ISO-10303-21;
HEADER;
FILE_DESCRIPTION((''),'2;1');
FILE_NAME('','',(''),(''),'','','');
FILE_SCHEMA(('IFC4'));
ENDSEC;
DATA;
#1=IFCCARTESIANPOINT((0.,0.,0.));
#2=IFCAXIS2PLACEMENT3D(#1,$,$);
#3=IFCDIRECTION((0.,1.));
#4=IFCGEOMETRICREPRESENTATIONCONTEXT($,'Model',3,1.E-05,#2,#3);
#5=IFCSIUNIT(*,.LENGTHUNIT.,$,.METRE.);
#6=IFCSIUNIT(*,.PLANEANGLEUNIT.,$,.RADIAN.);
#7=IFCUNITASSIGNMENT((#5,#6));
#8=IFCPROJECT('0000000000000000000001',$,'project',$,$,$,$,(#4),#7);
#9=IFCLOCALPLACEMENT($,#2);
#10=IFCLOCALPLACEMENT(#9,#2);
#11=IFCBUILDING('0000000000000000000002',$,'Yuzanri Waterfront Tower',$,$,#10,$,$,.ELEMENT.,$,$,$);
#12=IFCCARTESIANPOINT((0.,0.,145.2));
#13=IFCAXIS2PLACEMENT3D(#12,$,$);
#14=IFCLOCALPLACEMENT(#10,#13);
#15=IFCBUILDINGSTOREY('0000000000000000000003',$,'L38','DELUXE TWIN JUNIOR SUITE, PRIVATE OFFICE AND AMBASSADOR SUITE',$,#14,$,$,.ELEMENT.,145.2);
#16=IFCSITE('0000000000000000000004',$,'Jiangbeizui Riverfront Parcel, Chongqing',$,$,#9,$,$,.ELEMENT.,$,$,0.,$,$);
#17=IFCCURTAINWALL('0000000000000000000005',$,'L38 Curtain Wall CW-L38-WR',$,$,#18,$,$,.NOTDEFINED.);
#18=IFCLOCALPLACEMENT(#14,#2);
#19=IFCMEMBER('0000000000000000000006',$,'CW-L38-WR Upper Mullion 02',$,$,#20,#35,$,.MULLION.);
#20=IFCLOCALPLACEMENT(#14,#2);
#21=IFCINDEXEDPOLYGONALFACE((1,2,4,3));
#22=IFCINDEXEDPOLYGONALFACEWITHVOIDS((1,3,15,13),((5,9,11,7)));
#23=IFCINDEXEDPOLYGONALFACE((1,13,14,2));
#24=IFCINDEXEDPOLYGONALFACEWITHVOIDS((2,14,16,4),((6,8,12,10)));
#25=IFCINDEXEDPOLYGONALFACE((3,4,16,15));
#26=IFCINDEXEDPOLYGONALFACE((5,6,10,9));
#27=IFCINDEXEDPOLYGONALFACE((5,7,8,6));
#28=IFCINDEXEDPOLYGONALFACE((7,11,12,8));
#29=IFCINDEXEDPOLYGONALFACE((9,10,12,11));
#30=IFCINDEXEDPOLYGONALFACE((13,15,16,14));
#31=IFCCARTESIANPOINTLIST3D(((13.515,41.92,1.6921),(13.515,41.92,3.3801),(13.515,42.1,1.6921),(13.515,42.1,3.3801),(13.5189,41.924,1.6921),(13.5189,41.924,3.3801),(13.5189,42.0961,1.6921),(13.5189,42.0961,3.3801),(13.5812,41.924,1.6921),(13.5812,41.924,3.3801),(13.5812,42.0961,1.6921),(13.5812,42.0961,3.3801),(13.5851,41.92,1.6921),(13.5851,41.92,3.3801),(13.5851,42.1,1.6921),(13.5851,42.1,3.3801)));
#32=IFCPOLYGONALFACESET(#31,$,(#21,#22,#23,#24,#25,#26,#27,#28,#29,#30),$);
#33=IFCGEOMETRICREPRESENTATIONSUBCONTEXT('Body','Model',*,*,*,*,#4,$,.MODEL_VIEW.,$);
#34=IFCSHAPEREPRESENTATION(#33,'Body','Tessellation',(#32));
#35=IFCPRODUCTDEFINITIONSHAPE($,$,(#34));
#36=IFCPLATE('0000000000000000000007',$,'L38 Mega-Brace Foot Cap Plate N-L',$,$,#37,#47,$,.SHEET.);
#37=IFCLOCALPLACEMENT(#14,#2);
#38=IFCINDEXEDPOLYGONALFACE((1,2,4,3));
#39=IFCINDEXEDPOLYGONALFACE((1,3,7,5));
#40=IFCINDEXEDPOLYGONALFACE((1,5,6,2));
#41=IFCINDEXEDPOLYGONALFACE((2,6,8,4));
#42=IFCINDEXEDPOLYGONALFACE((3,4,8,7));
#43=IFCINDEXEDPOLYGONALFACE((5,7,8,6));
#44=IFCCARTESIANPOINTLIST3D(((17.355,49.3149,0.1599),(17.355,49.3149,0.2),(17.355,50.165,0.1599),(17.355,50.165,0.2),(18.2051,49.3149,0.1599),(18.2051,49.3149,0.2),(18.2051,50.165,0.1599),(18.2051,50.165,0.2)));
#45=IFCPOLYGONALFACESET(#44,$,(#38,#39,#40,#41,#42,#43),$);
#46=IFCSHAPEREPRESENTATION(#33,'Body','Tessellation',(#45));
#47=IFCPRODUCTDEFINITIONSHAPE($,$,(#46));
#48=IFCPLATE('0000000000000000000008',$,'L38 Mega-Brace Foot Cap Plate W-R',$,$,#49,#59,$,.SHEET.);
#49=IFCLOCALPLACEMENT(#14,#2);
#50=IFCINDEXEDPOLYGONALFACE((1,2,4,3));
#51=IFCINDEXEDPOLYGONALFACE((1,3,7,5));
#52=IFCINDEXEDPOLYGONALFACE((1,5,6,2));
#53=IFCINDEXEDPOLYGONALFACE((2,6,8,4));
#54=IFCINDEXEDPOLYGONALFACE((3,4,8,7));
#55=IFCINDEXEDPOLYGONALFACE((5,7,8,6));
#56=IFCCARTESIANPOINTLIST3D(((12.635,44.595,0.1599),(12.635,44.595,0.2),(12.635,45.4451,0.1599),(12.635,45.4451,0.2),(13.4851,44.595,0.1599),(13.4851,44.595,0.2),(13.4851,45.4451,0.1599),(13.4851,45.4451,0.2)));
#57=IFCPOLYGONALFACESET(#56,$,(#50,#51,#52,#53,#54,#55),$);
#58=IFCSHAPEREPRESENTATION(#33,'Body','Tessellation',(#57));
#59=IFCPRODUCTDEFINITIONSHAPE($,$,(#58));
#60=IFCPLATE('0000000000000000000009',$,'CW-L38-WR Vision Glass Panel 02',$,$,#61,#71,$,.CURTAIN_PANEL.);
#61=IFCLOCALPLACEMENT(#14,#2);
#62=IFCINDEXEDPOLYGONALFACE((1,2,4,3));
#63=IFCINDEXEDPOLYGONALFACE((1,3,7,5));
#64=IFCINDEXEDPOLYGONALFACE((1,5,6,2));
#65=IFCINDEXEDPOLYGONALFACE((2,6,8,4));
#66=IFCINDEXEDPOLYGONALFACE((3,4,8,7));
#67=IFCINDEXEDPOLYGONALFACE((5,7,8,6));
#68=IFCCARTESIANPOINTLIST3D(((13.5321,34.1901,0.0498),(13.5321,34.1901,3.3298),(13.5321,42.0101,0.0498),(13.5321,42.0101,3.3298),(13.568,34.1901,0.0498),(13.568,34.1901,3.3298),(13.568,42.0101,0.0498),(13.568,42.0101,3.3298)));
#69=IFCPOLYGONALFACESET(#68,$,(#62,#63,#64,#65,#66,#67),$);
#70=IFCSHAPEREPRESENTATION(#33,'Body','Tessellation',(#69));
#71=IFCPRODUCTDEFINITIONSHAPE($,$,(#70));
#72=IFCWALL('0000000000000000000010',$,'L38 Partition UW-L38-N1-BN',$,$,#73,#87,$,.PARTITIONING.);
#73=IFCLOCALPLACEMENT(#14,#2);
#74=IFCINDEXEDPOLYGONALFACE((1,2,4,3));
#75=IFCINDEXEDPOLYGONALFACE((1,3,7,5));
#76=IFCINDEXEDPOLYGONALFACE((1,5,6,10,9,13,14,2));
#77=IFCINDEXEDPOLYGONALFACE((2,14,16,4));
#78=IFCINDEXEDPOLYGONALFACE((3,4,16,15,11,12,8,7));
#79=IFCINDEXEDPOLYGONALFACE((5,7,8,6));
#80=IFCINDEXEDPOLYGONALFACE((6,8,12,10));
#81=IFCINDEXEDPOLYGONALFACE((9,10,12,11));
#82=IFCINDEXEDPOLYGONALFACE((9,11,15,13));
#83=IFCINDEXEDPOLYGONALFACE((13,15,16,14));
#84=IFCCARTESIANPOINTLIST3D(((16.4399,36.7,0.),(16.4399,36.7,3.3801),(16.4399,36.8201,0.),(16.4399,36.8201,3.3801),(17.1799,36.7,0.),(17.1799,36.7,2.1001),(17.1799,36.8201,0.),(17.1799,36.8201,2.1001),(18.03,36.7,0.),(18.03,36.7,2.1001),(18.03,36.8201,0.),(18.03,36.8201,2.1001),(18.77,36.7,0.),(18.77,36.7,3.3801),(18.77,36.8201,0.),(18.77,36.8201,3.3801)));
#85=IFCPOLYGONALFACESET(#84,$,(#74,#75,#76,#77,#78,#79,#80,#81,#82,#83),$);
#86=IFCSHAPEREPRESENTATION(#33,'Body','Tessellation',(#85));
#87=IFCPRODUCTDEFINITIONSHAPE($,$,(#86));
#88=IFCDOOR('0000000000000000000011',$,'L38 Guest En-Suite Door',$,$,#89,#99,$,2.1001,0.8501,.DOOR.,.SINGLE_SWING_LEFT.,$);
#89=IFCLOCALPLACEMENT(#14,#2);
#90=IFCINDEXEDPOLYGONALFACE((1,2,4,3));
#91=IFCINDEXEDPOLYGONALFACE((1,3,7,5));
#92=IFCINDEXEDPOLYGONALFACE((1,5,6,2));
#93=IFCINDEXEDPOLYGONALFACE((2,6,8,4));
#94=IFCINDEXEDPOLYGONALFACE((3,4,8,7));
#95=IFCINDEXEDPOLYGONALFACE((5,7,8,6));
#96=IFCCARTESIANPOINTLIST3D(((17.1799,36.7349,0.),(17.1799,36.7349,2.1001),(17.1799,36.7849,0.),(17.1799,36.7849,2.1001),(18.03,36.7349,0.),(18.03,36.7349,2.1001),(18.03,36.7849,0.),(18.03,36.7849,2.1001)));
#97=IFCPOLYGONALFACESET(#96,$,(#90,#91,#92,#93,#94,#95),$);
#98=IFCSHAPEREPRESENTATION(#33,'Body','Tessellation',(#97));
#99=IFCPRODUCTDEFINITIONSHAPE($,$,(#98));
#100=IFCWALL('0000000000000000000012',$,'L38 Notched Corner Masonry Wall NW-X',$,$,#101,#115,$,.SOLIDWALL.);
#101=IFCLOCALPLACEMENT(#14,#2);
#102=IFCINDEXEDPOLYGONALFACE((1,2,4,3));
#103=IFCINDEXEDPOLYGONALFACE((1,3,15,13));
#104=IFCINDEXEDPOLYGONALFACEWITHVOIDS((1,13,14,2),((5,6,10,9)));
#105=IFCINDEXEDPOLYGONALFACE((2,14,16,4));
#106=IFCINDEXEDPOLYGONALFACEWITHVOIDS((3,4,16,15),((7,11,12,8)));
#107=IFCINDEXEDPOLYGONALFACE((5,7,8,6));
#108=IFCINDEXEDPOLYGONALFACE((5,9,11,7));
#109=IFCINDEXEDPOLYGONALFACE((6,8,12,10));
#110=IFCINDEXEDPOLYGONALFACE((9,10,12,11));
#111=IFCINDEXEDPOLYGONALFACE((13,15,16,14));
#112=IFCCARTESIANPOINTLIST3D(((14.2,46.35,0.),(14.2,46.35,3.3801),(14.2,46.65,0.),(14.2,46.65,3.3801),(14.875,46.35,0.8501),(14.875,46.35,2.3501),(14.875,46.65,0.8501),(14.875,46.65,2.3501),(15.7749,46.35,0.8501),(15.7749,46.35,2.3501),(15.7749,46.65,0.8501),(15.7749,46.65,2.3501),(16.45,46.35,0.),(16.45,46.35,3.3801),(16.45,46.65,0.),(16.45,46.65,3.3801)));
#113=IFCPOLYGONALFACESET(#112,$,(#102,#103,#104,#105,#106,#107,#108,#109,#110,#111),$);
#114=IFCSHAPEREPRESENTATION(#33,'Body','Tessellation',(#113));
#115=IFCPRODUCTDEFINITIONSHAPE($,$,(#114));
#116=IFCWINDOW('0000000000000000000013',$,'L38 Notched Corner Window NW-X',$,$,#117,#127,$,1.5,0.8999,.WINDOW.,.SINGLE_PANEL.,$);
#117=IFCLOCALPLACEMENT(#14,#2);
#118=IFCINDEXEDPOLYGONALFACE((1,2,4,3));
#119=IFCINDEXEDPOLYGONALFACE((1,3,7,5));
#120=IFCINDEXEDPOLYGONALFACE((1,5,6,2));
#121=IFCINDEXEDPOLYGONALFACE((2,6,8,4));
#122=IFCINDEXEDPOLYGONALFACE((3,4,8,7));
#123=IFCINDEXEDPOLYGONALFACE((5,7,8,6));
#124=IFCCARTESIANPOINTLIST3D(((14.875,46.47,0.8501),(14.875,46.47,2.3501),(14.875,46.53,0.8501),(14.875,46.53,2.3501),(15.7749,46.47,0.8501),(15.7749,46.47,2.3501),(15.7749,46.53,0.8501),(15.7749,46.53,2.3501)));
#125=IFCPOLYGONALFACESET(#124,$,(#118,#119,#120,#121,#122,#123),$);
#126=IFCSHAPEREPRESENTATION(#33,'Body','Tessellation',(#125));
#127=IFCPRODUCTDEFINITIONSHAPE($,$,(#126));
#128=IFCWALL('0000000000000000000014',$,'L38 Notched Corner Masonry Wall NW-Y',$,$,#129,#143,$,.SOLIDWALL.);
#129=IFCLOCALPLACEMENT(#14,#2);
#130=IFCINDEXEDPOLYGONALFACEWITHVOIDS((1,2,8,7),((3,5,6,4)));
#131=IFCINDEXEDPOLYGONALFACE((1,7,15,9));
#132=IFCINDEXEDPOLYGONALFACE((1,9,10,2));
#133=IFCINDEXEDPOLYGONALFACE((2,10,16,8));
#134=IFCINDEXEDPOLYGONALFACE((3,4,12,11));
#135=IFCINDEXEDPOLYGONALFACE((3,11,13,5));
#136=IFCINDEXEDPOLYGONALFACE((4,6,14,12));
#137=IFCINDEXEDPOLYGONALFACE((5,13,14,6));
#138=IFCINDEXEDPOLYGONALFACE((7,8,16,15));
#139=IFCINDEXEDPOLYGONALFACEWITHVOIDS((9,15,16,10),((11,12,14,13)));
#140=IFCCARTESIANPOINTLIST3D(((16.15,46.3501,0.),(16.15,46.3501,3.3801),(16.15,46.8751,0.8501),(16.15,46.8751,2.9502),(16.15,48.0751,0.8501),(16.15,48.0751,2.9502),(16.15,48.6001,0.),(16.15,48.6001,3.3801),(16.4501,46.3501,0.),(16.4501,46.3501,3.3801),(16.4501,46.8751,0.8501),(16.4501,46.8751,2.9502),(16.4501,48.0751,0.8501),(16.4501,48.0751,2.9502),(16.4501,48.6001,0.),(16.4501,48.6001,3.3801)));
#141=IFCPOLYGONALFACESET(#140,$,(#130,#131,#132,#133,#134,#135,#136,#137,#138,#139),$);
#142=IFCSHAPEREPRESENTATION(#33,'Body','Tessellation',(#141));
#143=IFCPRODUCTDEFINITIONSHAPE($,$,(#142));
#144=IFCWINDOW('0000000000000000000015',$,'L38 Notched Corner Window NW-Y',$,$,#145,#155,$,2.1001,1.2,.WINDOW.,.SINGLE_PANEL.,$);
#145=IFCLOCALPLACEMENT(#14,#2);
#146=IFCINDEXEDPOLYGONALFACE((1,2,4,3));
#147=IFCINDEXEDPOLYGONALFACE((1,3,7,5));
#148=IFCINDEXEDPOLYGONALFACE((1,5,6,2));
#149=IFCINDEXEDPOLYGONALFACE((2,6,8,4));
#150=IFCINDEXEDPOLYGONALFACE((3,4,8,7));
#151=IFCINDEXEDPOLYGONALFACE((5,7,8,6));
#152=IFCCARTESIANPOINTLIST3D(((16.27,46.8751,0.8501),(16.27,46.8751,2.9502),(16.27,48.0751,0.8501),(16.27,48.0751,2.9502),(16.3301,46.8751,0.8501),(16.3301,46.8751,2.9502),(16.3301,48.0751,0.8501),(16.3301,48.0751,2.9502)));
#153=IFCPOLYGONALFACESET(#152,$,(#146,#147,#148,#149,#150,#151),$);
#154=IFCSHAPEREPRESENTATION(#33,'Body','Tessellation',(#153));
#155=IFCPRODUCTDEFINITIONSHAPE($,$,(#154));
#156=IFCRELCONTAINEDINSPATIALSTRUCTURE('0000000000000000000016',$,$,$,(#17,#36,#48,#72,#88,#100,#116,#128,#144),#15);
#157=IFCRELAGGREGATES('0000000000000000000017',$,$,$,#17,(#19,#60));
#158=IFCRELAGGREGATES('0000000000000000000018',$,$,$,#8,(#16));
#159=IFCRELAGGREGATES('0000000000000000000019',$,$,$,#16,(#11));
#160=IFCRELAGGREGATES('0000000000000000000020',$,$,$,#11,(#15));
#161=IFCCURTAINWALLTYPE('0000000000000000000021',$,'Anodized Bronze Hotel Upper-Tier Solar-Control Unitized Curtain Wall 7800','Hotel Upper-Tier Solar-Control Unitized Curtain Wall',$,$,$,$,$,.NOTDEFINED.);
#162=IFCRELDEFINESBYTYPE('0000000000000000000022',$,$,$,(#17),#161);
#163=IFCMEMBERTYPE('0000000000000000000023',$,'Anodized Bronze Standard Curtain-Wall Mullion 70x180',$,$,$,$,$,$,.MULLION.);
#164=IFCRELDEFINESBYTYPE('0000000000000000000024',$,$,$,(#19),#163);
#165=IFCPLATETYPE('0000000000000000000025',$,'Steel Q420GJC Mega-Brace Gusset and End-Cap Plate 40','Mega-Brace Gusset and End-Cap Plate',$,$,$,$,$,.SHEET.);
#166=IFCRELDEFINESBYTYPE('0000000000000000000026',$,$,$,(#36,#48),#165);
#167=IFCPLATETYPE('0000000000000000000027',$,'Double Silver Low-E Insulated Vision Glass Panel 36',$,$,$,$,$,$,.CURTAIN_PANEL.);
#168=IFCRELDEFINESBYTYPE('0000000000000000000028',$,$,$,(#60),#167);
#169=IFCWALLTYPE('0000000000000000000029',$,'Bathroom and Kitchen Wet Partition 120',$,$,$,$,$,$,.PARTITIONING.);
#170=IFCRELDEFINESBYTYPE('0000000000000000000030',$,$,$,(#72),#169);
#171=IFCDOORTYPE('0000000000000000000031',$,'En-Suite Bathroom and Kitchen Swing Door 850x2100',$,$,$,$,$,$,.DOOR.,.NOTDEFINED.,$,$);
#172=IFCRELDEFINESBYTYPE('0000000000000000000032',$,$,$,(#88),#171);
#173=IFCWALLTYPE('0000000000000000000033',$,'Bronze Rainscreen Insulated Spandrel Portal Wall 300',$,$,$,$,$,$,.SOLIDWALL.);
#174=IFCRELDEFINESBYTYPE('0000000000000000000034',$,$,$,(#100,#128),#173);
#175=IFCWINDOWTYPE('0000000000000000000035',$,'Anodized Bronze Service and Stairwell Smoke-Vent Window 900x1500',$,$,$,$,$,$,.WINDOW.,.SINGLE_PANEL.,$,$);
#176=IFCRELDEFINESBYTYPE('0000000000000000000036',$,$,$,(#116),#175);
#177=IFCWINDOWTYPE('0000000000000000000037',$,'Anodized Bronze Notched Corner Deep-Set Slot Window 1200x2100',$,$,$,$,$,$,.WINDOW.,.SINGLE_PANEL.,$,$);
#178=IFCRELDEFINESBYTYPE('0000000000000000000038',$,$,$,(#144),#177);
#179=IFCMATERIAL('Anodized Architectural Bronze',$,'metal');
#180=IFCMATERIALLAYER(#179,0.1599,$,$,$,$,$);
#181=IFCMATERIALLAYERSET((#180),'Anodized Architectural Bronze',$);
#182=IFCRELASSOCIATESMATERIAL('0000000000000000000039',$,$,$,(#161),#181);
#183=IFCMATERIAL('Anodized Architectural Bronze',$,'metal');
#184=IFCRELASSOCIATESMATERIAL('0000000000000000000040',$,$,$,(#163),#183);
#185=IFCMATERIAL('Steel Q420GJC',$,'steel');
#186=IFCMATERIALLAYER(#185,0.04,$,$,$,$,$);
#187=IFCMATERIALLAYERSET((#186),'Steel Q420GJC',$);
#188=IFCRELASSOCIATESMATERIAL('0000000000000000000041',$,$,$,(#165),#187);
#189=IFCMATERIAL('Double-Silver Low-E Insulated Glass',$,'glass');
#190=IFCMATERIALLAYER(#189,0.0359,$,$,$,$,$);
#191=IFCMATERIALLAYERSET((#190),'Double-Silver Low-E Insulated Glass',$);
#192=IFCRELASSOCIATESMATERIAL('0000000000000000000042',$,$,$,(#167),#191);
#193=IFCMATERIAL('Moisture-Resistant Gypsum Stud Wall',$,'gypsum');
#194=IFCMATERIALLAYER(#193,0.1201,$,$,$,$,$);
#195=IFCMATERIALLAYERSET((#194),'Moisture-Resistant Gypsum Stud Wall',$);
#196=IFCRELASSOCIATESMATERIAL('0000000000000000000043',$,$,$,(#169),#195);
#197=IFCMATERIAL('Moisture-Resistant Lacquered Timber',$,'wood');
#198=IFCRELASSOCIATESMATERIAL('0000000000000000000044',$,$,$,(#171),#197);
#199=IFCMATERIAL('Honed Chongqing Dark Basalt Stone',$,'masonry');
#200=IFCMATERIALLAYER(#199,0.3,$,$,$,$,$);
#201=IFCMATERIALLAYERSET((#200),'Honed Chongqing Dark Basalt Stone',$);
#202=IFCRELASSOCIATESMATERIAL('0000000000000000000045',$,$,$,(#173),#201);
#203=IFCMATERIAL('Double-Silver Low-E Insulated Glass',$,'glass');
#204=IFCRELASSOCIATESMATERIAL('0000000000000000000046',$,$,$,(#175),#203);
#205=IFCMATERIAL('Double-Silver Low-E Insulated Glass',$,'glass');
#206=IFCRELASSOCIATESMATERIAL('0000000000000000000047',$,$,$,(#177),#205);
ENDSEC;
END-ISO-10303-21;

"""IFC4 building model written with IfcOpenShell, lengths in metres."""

from ifc_helpers import new_model, si_unit, direction, frame, frame_2d, origin, origin_2d, place, context, subcontext, project, spatial, rectangle, hollow_rectangle, extrude, source, transform, mapped, material, layer, layer_set, material_profile, profile_set, type_object, element, fill, aggregate, save


model = new_model("IFC4")

# Units and contexts
model_context = context("Model", 3, precision=1e-05, world=origin(), true_north=direction((0.0, 1.0)))
body_context = subcontext(model_context, "Body", "Model", "MODEL_VIEW")
ifc_project = project(units=[si_unit("LENGTHUNIT", "METRE"), si_unit("PLANEANGLEUNIT", "RADIAN")], contexts=[model_context])

# Site, building, storey
site_placement = place(None, origin())
site = spatial("IfcSite", under=ifc_project, at=site_placement, Name="Jiangbeizui Riverfront Parcel, Chongqing", CompositionType="ELEMENT", RefElevation=0.0)
building_placement = place(site_placement, origin())
building = spatial("IfcBuilding", under=site, at=building_placement, Name="Yuzanri Waterfront Tower", CompositionType="ELEMENT")
storey_placement = place(building_placement, frame((0.0, 0.0, 145.2)))
storey = spatial("IfcBuildingStorey", under=building, at=storey_placement, Name="L38", Description="DELUXE TWIN JUNIOR SUITE, PRIVATE OFFICE AND AMBASSADOR SUITE", CompositionType="ELEMENT", Elevation=145.2)

# Curtain wall, member
ifc_material_1 = material(Name="Anodized Architectural Bronze", Category="metal")
ifc_layer_1 = layer(ifc_material_1, 0.1599)
ifc_layer_set_1 = layer_set([ifc_layer_1], Name="Anodized Architectural Bronze")
curtain_wall_type = type_object("IfcCurtainWallType", Name="Anodized Bronze Hotel Upper-Tier Solar-Control Unitized Curtain Wall 7800", Description="Hotel Upper-Tier Solar-Control Unitized Curtain Wall", PredefinedType="NOTDEFINED", material=ifc_layer_set_1)
curtain_wall_placement = place(storey_placement, origin())
curtain_wall = element("IfcCurtainWall", 1, at=curtain_wall_placement, inside=storey, type_object=curtain_wall_type, Name="L38 Curtain Wall CW-L38-WR", PredefinedType="NOTDEFINED")
ifc_material_2 = material(Name="Anodized Architectural Bronze", Category="metal")
ifc_material_profile_1 = material_profile(ifc_material_2, hollow_rectangle(XDim=0.0701, YDim=0.1799, WallThickness=0.0039, at=origin_2d()), Name="CWM 70x180")
ifc_profile_set_1 = profile_set([ifc_material_profile_1], Name="Anodized Architectural Bronze")
member_type_1 = type_object("IfcMemberType", Name="Anodized Bronze Standard Curtain-Wall Mullion 70x180", PredefinedType="MULLION", material=ifc_profile_set_1)
shared_shape_1 = source(origin(), body_context, "Body", "SweptSolid", [
    extrude(hollow_rectangle(XDim=0.0701, YDim=0.1799, WallThickness=0.0039, at=origin_2d()), origin(), (0.0, 0.0, 1.0), 1.688),
])
member_1_placement = place(storey_placement, frame((13.55, 42.01, 1.6921), z_axis=(0.0, 0.0, 1.0), x_axis=(1.0, 0.0, 0.0)))
member_1 = element("IfcMember", 2, at=member_1_placement, type_object=member_type_1, Name="CW-L38-WR Upper Mullion 02", PredefinedType="MULLION", context=body_context, shape_type="MappedRepresentation", body=[
    mapped(shared_shape_1, transform((0.0, 0.0, 0.0), scale=1.0)),
])

# Plates
ifc_material_3 = material(Name="Steel Q420GJC", Category="steel")
ifc_layer_2 = layer(ifc_material_3, 0.04)
ifc_layer_set_2 = layer_set([ifc_layer_2], Name="Steel Q420GJC")
plate_type_1 = type_object("IfcPlateType", Name="Steel Q420GJC Mega-Brace Gusset and End-Cap Plate 40", Description="Mega-Brace Gusset and End-Cap Plate", PredefinedType="SHEET", material=ifc_layer_set_2)
shared_shape_2 = source(origin(), body_context, "Body", "SweptSolid", [
    extrude(rectangle(XDim=0.8501, YDim=0.8501, at=origin_2d()), origin(), (0.0, 0.0, 1.0), 0.04),
])
for number, where, z_axis, x_axis, name in (
    (3, (17.78, 49.74, 0.1599), (0.0, 0.0, 1.0), (1.0, 0.0, 0.0), "L38 Mega-Brace Foot Cap Plate N-L"),
    (4, (13.0601, 45.02, 0.1599), (0.0, 0.0, 1.0), (1.0, 0.0, 0.0), "L38 Mega-Brace Foot Cap Plate W-R"),
):
    element("IfcPlate", number, at=place(storey_placement, frame(where, z_axis=z_axis, x_axis=x_axis)), inside=storey, type_object=plate_type_1, Name=name, PredefinedType="SHEET", context=body_context, shape_type="MappedRepresentation", body=[
        mapped(shared_shape_2, transform((0.0, 0.0, 0.0), scale=1.0)),
    ])

# Plate
ifc_material_4 = material(Name="Double-Silver Low-E Insulated Glass", Category="glass")
ifc_layer_3 = layer(ifc_material_4, 0.0359)
ifc_layer_set_3 = layer_set([ifc_layer_3], Name="Double-Silver Low-E Insulated Glass")
plate_type_2 = type_object("IfcPlateType", Name="Double Silver Low-E Insulated Vision Glass Panel 36", PredefinedType="CURTAIN_PANEL", material=ifc_layer_set_3)
shared_shape_3 = source(origin(), body_context, "Body", "SweptSolid", [
    extrude(rectangle(XDim=7.8201, YDim=0.0359, at=origin_2d()), origin(), (0.0, 0.0, 1.0), 3.28),
])
plate_placement = place(storey_placement, frame((13.55, 38.1001, 0.0498), z_axis=(0.0, 0.0, 1.0), x_axis=(0.0, 1.0, 0.0)))
plate = element("IfcPlate", 5, at=plate_placement, type_object=plate_type_2, Name="CW-L38-WR Vision Glass Panel 02", PredefinedType="CURTAIN_PANEL", context=body_context, shape_type="MappedRepresentation", body=[
    mapped(shared_shape_3, transform((0.0, 0.0, 0.0), scale=1.0)),
])
aggregate(curtain_wall, [member_1, plate])

# Wall, opening, door
ifc_material_5 = material(Name="Moisture-Resistant Gypsum Stud Wall", Category="gypsum")
ifc_layer_4 = layer(ifc_material_5, 0.1201)
ifc_layer_set_4 = layer_set([ifc_layer_4], Name="Moisture-Resistant Gypsum Stud Wall")
wall_type_1 = type_object("IfcWallType", Name="Bathroom and Kitchen Wet Partition 120", PredefinedType="PARTITIONING", material=ifc_layer_set_4)
wall_1_placement = place(storey_placement, frame((16.4399, 36.76, 0.0), z_axis=(0.0, 0.0, 1.0), x_axis=(1.0, 0.0, 0.0)))
wall_1 = element("IfcWall", 6, at=wall_1_placement, inside=storey, type_object=wall_type_1, Name="L38 Partition UW-L38-N1-BN", PredefinedType="PARTITIONING", context=body_context, shape_type="SweptSolid", body=[
    extrude(rectangle(XDim=2.3301, YDim=0.1201, at=frame_2d((1.165, 0.0))), origin(), (0.0, 0.0, 1.0), 3.3801),
])
opening_1_placement = place(wall_1_placement, frame((0.74, 0.0, 0.0)))
opening_1 = element("IfcOpeningElement", 7, at=opening_1_placement, cuts=wall_1, PredefinedType="OPENING", context=body_context, shape_type="SweptSolid", body=[
    extrude(rectangle(XDim=0.8501, YDim=2.1001, at=frame_2d((0.425, 1.05))), frame((0.0, 0.075, 0.0), z_axis=(0.0, -1.0, 0.0), x_axis=(1.0, 0.0, 0.0)), (0.0, 0.0, 1.0), 0.1499),
])
ifc_material_6 = material(Name="Moisture-Resistant Lacquered Timber", Category="wood")
door_type_1 = type_object("IfcDoorType", Name="En-Suite Bathroom and Kitchen Swing Door 850x2100", OperationType="NOTDEFINED", PredefinedType="DOOR", material=ifc_material_6)
shared_shape_4 = source(origin(), body_context, "Body", "SweptSolid", [
    extrude(rectangle(XDim=0.8501, YDim=2.1001, at=frame_2d((0.425, 1.05))), frame((0.0, 0.0249, 0.0), z_axis=(0.0, -1.0, 0.0), x_axis=(1.0, 0.0, 0.0)), (0.0, 0.0, 1.0), 0.05),
])
door_1_placement = place(opening_1_placement, origin())
door_1 = element("IfcDoor", 8, at=door_1_placement, inside=storey, type_object=door_type_1, Name="L38 Guest En-Suite Door", OperationType="SINGLE_SWING_LEFT", OverallHeight=2.1001, OverallWidth=0.8501, PredefinedType="DOOR", context=body_context, shape_type="MappedRepresentation", body=[
    mapped(shared_shape_4, transform((0.0, 0.0, 0.0), scale=1.0)),
])
fill(opening_1, door_1)

# Walls, openings, windows
ifc_material_7 = material(Name="Honed Chongqing Dark Basalt Stone", Category="masonry")
ifc_layer_5 = layer(ifc_material_7, 0.3)
ifc_layer_set_5 = layer_set([ifc_layer_5], Name="Honed Chongqing Dark Basalt Stone")
wall_type_2 = type_object("IfcWallType", Name="Bronze Rainscreen Insulated Spandrel Portal Wall 300", PredefinedType="SOLIDWALL", material=ifc_layer_set_5)
wall_2_placement = place(storey_placement, frame((16.45, 46.5, 0.0), z_axis=(0.0, 0.0, 1.0), x_axis=(-1.0, 0.0, 0.0)))
wall_2 = element("IfcWall", 9, at=wall_2_placement, inside=storey, type_object=wall_type_2, Name="L38 Notched Corner Masonry Wall NW-X", PredefinedType="SOLIDWALL", context=body_context, shape_type="SweptSolid", body=[
    extrude(rectangle(XDim=2.25, YDim=0.3, at=frame_2d((1.125, 0.0))), origin(), (0.0, 0.0, 1.0), 3.3801),
])
opening_2_placement = place(wall_2_placement, frame((0.675, 0.0, 0.8501)))
opening_2 = element("IfcOpeningElement", 10, at=opening_2_placement, cuts=wall_2, PredefinedType="OPENING", context=body_context, shape_type="SweptSolid", body=[
    extrude(rectangle(XDim=0.8999, YDim=1.5, at=frame_2d((0.45, 0.75))), frame((0.0, 0.165, 0.0), z_axis=(0.0, -1.0, 0.0), x_axis=(1.0, 0.0, 0.0)), (0.0, 0.0, 1.0), 0.3298),
])
ifc_material_8 = material(Name="Double-Silver Low-E Insulated Glass", Category="glass")
window_type_1 = type_object("IfcWindowType", Name="Anodized Bronze Service and Stairwell Smoke-Vent Window 900x1500", PartitioningType="SINGLE_PANEL", PredefinedType="WINDOW", material=ifc_material_8)
shared_shape_5 = source(origin(), body_context, "Body", "SweptSolid", [
    extrude(rectangle(XDim=0.8999, YDim=1.5, at=frame_2d((0.45, 0.75))), frame((0.0, 0.03, 0.0), z_axis=(0.0, -1.0, 0.0), x_axis=(1.0, 0.0, 0.0)), (0.0, 0.0, 1.0), 0.0601),
])
window_1_placement = place(opening_2_placement, origin())
window_1 = element("IfcWindow", 11, at=window_1_placement, inside=storey, type_object=window_type_1, Name="L38 Notched Corner Window NW-X", OverallHeight=1.5, OverallWidth=0.8999, PartitioningType="SINGLE_PANEL", PredefinedType="WINDOW", context=body_context, shape_type="MappedRepresentation", body=[
    mapped(shared_shape_5, transform((0.0, 0.0, 0.0), scale=1.0)),
])
fill(opening_2, window_1)
wall_3_placement = place(storey_placement, frame((16.3, 48.6001, 0.0), z_axis=(0.0, 0.0, 1.0), x_axis=(0.0, -1.0, 0.0)))
wall_3 = element("IfcWall", 12, at=wall_3_placement, inside=storey, type_object=wall_type_2, Name="L38 Notched Corner Masonry Wall NW-Y", PredefinedType="SOLIDWALL", context=body_context, shape_type="SweptSolid", body=[
    extrude(rectangle(XDim=2.25, YDim=0.3, at=frame_2d((1.125, 0.0))), origin(), (0.0, 0.0, 1.0), 3.3801),
])
opening_3_placement = place(wall_3_placement, frame((0.5249, 0.0, 0.8501)))
opening_3 = element("IfcOpeningElement", 13, at=opening_3_placement, cuts=wall_3, PredefinedType="OPENING", context=body_context, shape_type="SweptSolid", body=[
    extrude(rectangle(XDim=1.2, YDim=2.1001, at=frame_2d((0.6001, 1.05))), frame((0.0, 0.165, 0.0), z_axis=(0.0, -1.0, 0.0), x_axis=(1.0, 0.0, 0.0)), (0.0, 0.0, 1.0), 0.3298),
])
ifc_material_9 = material(Name="Double-Silver Low-E Insulated Glass", Category="glass")
window_type_2 = type_object("IfcWindowType", Name="Anodized Bronze Notched Corner Deep-Set Slot Window 1200x2100", PartitioningType="SINGLE_PANEL", PredefinedType="WINDOW", material=ifc_material_9)
shared_shape_6 = source(origin(), body_context, "Body", "SweptSolid", [
    extrude(rectangle(XDim=1.2, YDim=2.1001, at=frame_2d((0.6001, 1.05))), frame((0.0, 0.03, 0.0), z_axis=(0.0, -1.0, 0.0), x_axis=(1.0, 0.0, 0.0)), (0.0, 0.0, 1.0), 0.0601),
])
window_2_placement = place(opening_3_placement, origin())
window_2 = element("IfcWindow", 14, at=window_2_placement, inside=storey, type_object=window_type_2, Name="L38 Notched Corner Window NW-Y", OverallHeight=2.1001, OverallWidth=1.2, PartitioningType="SINGLE_PANEL", PredefinedType="WINDOW", context=body_context, shape_type="MappedRepresentation", body=[
    mapped(shared_shape_6, transform((0.0, 0.0, 0.0), scale=1.0)),
])
fill(opening_3, window_2)

save(model, "model.ifc")
